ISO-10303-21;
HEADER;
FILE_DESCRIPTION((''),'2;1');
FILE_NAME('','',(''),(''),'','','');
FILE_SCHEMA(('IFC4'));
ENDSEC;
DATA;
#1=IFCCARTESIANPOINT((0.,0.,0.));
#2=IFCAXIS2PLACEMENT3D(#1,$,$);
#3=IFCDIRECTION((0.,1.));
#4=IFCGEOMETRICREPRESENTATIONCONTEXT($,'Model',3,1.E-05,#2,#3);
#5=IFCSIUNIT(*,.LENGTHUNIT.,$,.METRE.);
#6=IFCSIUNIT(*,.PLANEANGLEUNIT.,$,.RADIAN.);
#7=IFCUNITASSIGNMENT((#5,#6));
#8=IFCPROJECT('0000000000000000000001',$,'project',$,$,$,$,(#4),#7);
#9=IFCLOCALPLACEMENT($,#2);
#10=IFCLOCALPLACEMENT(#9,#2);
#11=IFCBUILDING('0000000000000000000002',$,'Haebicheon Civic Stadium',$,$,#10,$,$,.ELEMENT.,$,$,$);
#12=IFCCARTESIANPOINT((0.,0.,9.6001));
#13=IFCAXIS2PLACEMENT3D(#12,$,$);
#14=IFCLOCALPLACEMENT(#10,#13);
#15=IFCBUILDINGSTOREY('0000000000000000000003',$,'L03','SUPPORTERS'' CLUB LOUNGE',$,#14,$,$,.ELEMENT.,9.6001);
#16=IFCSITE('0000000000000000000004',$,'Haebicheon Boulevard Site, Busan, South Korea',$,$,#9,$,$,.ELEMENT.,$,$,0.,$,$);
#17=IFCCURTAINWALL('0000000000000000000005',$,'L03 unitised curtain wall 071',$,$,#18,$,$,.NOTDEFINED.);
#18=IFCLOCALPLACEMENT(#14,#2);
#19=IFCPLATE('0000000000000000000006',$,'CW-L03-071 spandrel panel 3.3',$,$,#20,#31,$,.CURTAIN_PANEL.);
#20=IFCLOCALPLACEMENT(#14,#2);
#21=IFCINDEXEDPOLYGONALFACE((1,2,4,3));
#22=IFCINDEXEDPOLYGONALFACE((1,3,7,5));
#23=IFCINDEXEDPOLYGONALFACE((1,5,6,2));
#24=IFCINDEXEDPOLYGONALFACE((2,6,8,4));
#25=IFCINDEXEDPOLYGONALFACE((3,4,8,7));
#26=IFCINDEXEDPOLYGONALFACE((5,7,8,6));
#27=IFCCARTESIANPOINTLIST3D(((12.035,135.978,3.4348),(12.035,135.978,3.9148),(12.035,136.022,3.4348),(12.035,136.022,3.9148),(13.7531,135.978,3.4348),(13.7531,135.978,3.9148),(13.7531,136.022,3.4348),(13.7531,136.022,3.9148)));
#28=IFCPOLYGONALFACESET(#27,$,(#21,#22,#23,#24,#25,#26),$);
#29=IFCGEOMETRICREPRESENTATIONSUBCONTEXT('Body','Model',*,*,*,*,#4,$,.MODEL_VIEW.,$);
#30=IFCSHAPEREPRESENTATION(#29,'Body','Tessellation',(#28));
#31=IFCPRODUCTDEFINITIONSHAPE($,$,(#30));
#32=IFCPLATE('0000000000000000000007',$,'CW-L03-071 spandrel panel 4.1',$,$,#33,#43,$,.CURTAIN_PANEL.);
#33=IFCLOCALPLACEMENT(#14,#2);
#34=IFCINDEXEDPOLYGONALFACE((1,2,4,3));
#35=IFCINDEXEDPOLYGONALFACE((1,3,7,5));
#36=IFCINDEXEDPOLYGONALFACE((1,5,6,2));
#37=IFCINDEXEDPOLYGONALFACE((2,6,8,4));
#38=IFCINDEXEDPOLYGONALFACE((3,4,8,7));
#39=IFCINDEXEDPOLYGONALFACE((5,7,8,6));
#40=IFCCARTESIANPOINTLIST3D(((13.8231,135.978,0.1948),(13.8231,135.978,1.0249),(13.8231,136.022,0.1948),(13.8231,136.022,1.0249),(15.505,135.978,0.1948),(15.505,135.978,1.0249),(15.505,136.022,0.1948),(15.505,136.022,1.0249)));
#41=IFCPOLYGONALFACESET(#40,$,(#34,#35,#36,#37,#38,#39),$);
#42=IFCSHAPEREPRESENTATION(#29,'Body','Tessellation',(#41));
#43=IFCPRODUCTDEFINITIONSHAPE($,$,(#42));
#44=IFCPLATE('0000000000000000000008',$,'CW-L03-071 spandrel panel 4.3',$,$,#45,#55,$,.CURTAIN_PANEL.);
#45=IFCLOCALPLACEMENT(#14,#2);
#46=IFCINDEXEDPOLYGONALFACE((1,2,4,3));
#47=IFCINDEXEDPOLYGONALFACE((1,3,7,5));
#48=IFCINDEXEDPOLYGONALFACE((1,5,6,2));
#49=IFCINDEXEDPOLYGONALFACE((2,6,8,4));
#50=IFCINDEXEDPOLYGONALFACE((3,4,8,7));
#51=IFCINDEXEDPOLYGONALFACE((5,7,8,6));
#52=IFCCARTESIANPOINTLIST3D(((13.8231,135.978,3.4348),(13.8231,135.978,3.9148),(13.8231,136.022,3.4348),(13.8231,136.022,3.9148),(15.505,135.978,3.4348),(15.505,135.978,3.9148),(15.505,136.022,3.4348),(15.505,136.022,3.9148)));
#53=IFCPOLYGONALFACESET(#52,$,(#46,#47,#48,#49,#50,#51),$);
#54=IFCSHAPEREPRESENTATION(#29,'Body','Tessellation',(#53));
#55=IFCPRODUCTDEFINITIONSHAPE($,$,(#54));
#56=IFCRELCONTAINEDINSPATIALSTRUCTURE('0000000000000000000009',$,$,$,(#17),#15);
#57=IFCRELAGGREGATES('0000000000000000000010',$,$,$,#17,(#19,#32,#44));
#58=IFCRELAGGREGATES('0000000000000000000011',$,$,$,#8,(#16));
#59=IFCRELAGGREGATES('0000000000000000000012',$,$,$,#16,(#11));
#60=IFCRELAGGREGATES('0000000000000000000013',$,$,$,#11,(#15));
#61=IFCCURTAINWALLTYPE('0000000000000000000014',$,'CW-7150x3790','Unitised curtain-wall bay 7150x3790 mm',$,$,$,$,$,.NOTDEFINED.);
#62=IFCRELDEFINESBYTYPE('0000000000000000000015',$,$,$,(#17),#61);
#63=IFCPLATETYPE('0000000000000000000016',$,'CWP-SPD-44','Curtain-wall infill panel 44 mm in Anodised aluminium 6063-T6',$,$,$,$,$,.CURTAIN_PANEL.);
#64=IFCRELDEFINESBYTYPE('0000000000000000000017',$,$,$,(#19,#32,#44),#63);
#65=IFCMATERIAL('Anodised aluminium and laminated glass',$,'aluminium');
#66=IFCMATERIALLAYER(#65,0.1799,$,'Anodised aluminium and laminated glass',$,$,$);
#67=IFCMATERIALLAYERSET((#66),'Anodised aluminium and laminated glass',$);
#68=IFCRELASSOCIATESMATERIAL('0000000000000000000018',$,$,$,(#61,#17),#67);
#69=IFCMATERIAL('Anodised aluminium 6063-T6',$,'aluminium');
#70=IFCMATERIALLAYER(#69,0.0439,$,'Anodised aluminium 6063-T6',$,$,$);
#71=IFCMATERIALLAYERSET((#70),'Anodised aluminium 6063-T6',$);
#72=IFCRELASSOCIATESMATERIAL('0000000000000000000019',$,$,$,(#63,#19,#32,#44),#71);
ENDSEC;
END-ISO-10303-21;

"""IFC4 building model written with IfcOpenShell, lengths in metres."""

from ifc_helpers import new_model, si_unit, direction, frame, origin, origin_2d, place, context, subcontext, project, spatial, rectangle, extrude, material, layer, layer_set, type_object, element, aggregate, save


model = new_model("IFC4")

# Units and contexts
model_context = context("Model", 3, precision=1e-05, world=origin(), true_north=direction((0.0, 1.0)))
body_context = subcontext(model_context, "Body", "Model", "MODEL_VIEW")
ifc_project = project(units=[si_unit("LENGTHUNIT", "METRE"), si_unit("PLANEANGLEUNIT", "RADIAN")], contexts=[model_context])

# Site, building, storey
site_placement = place(None, origin())
site = spatial("IfcSite", under=ifc_project, at=site_placement, Name="Haebicheon Boulevard Site, Busan, South Korea", CompositionType="ELEMENT", RefElevation=0.0)
building_placement = place(site_placement, origin())
building = spatial("IfcBuilding", under=site, at=building_placement, Name="Haebicheon Civic Stadium", CompositionType="ELEMENT")
storey_placement = place(building_placement, frame((0.0, 0.0, 9.6001)))
storey = spatial("IfcBuildingStorey", under=building, at=storey_placement, Name="L03", Description="SUPPORTERS' CLUB LOUNGE", CompositionType="ELEMENT", Elevation=9.6001)

# Curtain wall, plates
ifc_material_1 = material(Name="Anodised aluminium and laminated glass", Category="aluminium")
ifc_layer_1 = layer(ifc_material_1, 0.1799, Name="Anodised aluminium and laminated glass")
ifc_layer_set_1 = layer_set([ifc_layer_1], Name="Anodised aluminium and laminated glass")
curtain_wall_type = type_object("IfcCurtainWallType", Name="CW-7150x3790", Description="Unitised curtain-wall bay 7150x3790 mm", PredefinedType="NOTDEFINED", material=ifc_layer_set_1)
curtain_wall_placement = place(storey_placement, origin())
curtain_wall = element("IfcCurtainWall", 1, at=curtain_wall_placement, inside=storey, type_object=curtain_wall_type, material=ifc_layer_set_1, Name="L03 unitised curtain wall 071", PredefinedType="NOTDEFINED")
ifc_material_2 = material(Name="Anodised aluminium 6063-T6", Category="aluminium")
ifc_layer_2 = layer(ifc_material_2, 0.0439, Name="Anodised aluminium 6063-T6")
ifc_layer_set_2 = layer_set([ifc_layer_2], Name="Anodised aluminium 6063-T6")
plate_type_1 = type_object("IfcPlateType", Name="CWP-SPD-44", Description="Curtain-wall infill panel 44 mm in Anodised aluminium 6063-T6", PredefinedType="CURTAIN_PANEL", material=ifc_layer_set_2)
plate_1_placement = place(storey_placement, frame((12.894, 136.0, 3.4348), z_axis=(0.0, 0.0, 1.0), x_axis=(1.0, 0.0, 0.0)))
plate_1 = element("IfcPlate", 2, at=plate_1_placement, type_object=plate_type_1, material=ifc_layer_set_2, Name="CW-L03-071 spandrel panel 3.3", PredefinedType="CURTAIN_PANEL", context=body_context, shape_type="SweptSolid", body=[
    extrude(rectangle(XDim=1.718, YDim=0.0439, at=origin_2d()), origin(), (0.0, 0.0, 1.0), 0.48),
])
plate_2_placement = place(storey_placement, frame((14.6641, 136.0, 0.1948), z_axis=(0.0, 0.0, 1.0), x_axis=(1.0, 0.0, 0.0)))
plate_2 = element("IfcPlate", 3, at=plate_2_placement, type_object=plate_type_1, material=ifc_layer_set_2, Name="CW-L03-071 spandrel panel 4.1", PredefinedType="CURTAIN_PANEL", context=body_context, shape_type="SweptSolid", body=[
    extrude(rectangle(XDim=1.6819, YDim=0.0439, at=origin_2d()), origin(), (0.0, 0.0, 1.0), 0.8301),
])
plate_3_placement = place(storey_placement, frame((14.6641, 136.0, 3.4348), z_axis=(0.0, 0.0, 1.0), x_axis=(1.0, 0.0, 0.0)))
plate_3 = element("IfcPlate", 4, at=plate_3_placement, type_object=plate_type_1, material=ifc_layer_set_2, Name="CW-L03-071 spandrel panel 4.3", PredefinedType="CURTAIN_PANEL", context=body_context, shape_type="SweptSolid", body=[
    extrude(rectangle(XDim=1.6819, YDim=0.0439, at=origin_2d()), origin(), (0.0, 0.0, 1.0), 0.48),
])
aggregate(curtain_wall, [plate_1, plate_2, plate_3])

save(model, "model.ifc")
